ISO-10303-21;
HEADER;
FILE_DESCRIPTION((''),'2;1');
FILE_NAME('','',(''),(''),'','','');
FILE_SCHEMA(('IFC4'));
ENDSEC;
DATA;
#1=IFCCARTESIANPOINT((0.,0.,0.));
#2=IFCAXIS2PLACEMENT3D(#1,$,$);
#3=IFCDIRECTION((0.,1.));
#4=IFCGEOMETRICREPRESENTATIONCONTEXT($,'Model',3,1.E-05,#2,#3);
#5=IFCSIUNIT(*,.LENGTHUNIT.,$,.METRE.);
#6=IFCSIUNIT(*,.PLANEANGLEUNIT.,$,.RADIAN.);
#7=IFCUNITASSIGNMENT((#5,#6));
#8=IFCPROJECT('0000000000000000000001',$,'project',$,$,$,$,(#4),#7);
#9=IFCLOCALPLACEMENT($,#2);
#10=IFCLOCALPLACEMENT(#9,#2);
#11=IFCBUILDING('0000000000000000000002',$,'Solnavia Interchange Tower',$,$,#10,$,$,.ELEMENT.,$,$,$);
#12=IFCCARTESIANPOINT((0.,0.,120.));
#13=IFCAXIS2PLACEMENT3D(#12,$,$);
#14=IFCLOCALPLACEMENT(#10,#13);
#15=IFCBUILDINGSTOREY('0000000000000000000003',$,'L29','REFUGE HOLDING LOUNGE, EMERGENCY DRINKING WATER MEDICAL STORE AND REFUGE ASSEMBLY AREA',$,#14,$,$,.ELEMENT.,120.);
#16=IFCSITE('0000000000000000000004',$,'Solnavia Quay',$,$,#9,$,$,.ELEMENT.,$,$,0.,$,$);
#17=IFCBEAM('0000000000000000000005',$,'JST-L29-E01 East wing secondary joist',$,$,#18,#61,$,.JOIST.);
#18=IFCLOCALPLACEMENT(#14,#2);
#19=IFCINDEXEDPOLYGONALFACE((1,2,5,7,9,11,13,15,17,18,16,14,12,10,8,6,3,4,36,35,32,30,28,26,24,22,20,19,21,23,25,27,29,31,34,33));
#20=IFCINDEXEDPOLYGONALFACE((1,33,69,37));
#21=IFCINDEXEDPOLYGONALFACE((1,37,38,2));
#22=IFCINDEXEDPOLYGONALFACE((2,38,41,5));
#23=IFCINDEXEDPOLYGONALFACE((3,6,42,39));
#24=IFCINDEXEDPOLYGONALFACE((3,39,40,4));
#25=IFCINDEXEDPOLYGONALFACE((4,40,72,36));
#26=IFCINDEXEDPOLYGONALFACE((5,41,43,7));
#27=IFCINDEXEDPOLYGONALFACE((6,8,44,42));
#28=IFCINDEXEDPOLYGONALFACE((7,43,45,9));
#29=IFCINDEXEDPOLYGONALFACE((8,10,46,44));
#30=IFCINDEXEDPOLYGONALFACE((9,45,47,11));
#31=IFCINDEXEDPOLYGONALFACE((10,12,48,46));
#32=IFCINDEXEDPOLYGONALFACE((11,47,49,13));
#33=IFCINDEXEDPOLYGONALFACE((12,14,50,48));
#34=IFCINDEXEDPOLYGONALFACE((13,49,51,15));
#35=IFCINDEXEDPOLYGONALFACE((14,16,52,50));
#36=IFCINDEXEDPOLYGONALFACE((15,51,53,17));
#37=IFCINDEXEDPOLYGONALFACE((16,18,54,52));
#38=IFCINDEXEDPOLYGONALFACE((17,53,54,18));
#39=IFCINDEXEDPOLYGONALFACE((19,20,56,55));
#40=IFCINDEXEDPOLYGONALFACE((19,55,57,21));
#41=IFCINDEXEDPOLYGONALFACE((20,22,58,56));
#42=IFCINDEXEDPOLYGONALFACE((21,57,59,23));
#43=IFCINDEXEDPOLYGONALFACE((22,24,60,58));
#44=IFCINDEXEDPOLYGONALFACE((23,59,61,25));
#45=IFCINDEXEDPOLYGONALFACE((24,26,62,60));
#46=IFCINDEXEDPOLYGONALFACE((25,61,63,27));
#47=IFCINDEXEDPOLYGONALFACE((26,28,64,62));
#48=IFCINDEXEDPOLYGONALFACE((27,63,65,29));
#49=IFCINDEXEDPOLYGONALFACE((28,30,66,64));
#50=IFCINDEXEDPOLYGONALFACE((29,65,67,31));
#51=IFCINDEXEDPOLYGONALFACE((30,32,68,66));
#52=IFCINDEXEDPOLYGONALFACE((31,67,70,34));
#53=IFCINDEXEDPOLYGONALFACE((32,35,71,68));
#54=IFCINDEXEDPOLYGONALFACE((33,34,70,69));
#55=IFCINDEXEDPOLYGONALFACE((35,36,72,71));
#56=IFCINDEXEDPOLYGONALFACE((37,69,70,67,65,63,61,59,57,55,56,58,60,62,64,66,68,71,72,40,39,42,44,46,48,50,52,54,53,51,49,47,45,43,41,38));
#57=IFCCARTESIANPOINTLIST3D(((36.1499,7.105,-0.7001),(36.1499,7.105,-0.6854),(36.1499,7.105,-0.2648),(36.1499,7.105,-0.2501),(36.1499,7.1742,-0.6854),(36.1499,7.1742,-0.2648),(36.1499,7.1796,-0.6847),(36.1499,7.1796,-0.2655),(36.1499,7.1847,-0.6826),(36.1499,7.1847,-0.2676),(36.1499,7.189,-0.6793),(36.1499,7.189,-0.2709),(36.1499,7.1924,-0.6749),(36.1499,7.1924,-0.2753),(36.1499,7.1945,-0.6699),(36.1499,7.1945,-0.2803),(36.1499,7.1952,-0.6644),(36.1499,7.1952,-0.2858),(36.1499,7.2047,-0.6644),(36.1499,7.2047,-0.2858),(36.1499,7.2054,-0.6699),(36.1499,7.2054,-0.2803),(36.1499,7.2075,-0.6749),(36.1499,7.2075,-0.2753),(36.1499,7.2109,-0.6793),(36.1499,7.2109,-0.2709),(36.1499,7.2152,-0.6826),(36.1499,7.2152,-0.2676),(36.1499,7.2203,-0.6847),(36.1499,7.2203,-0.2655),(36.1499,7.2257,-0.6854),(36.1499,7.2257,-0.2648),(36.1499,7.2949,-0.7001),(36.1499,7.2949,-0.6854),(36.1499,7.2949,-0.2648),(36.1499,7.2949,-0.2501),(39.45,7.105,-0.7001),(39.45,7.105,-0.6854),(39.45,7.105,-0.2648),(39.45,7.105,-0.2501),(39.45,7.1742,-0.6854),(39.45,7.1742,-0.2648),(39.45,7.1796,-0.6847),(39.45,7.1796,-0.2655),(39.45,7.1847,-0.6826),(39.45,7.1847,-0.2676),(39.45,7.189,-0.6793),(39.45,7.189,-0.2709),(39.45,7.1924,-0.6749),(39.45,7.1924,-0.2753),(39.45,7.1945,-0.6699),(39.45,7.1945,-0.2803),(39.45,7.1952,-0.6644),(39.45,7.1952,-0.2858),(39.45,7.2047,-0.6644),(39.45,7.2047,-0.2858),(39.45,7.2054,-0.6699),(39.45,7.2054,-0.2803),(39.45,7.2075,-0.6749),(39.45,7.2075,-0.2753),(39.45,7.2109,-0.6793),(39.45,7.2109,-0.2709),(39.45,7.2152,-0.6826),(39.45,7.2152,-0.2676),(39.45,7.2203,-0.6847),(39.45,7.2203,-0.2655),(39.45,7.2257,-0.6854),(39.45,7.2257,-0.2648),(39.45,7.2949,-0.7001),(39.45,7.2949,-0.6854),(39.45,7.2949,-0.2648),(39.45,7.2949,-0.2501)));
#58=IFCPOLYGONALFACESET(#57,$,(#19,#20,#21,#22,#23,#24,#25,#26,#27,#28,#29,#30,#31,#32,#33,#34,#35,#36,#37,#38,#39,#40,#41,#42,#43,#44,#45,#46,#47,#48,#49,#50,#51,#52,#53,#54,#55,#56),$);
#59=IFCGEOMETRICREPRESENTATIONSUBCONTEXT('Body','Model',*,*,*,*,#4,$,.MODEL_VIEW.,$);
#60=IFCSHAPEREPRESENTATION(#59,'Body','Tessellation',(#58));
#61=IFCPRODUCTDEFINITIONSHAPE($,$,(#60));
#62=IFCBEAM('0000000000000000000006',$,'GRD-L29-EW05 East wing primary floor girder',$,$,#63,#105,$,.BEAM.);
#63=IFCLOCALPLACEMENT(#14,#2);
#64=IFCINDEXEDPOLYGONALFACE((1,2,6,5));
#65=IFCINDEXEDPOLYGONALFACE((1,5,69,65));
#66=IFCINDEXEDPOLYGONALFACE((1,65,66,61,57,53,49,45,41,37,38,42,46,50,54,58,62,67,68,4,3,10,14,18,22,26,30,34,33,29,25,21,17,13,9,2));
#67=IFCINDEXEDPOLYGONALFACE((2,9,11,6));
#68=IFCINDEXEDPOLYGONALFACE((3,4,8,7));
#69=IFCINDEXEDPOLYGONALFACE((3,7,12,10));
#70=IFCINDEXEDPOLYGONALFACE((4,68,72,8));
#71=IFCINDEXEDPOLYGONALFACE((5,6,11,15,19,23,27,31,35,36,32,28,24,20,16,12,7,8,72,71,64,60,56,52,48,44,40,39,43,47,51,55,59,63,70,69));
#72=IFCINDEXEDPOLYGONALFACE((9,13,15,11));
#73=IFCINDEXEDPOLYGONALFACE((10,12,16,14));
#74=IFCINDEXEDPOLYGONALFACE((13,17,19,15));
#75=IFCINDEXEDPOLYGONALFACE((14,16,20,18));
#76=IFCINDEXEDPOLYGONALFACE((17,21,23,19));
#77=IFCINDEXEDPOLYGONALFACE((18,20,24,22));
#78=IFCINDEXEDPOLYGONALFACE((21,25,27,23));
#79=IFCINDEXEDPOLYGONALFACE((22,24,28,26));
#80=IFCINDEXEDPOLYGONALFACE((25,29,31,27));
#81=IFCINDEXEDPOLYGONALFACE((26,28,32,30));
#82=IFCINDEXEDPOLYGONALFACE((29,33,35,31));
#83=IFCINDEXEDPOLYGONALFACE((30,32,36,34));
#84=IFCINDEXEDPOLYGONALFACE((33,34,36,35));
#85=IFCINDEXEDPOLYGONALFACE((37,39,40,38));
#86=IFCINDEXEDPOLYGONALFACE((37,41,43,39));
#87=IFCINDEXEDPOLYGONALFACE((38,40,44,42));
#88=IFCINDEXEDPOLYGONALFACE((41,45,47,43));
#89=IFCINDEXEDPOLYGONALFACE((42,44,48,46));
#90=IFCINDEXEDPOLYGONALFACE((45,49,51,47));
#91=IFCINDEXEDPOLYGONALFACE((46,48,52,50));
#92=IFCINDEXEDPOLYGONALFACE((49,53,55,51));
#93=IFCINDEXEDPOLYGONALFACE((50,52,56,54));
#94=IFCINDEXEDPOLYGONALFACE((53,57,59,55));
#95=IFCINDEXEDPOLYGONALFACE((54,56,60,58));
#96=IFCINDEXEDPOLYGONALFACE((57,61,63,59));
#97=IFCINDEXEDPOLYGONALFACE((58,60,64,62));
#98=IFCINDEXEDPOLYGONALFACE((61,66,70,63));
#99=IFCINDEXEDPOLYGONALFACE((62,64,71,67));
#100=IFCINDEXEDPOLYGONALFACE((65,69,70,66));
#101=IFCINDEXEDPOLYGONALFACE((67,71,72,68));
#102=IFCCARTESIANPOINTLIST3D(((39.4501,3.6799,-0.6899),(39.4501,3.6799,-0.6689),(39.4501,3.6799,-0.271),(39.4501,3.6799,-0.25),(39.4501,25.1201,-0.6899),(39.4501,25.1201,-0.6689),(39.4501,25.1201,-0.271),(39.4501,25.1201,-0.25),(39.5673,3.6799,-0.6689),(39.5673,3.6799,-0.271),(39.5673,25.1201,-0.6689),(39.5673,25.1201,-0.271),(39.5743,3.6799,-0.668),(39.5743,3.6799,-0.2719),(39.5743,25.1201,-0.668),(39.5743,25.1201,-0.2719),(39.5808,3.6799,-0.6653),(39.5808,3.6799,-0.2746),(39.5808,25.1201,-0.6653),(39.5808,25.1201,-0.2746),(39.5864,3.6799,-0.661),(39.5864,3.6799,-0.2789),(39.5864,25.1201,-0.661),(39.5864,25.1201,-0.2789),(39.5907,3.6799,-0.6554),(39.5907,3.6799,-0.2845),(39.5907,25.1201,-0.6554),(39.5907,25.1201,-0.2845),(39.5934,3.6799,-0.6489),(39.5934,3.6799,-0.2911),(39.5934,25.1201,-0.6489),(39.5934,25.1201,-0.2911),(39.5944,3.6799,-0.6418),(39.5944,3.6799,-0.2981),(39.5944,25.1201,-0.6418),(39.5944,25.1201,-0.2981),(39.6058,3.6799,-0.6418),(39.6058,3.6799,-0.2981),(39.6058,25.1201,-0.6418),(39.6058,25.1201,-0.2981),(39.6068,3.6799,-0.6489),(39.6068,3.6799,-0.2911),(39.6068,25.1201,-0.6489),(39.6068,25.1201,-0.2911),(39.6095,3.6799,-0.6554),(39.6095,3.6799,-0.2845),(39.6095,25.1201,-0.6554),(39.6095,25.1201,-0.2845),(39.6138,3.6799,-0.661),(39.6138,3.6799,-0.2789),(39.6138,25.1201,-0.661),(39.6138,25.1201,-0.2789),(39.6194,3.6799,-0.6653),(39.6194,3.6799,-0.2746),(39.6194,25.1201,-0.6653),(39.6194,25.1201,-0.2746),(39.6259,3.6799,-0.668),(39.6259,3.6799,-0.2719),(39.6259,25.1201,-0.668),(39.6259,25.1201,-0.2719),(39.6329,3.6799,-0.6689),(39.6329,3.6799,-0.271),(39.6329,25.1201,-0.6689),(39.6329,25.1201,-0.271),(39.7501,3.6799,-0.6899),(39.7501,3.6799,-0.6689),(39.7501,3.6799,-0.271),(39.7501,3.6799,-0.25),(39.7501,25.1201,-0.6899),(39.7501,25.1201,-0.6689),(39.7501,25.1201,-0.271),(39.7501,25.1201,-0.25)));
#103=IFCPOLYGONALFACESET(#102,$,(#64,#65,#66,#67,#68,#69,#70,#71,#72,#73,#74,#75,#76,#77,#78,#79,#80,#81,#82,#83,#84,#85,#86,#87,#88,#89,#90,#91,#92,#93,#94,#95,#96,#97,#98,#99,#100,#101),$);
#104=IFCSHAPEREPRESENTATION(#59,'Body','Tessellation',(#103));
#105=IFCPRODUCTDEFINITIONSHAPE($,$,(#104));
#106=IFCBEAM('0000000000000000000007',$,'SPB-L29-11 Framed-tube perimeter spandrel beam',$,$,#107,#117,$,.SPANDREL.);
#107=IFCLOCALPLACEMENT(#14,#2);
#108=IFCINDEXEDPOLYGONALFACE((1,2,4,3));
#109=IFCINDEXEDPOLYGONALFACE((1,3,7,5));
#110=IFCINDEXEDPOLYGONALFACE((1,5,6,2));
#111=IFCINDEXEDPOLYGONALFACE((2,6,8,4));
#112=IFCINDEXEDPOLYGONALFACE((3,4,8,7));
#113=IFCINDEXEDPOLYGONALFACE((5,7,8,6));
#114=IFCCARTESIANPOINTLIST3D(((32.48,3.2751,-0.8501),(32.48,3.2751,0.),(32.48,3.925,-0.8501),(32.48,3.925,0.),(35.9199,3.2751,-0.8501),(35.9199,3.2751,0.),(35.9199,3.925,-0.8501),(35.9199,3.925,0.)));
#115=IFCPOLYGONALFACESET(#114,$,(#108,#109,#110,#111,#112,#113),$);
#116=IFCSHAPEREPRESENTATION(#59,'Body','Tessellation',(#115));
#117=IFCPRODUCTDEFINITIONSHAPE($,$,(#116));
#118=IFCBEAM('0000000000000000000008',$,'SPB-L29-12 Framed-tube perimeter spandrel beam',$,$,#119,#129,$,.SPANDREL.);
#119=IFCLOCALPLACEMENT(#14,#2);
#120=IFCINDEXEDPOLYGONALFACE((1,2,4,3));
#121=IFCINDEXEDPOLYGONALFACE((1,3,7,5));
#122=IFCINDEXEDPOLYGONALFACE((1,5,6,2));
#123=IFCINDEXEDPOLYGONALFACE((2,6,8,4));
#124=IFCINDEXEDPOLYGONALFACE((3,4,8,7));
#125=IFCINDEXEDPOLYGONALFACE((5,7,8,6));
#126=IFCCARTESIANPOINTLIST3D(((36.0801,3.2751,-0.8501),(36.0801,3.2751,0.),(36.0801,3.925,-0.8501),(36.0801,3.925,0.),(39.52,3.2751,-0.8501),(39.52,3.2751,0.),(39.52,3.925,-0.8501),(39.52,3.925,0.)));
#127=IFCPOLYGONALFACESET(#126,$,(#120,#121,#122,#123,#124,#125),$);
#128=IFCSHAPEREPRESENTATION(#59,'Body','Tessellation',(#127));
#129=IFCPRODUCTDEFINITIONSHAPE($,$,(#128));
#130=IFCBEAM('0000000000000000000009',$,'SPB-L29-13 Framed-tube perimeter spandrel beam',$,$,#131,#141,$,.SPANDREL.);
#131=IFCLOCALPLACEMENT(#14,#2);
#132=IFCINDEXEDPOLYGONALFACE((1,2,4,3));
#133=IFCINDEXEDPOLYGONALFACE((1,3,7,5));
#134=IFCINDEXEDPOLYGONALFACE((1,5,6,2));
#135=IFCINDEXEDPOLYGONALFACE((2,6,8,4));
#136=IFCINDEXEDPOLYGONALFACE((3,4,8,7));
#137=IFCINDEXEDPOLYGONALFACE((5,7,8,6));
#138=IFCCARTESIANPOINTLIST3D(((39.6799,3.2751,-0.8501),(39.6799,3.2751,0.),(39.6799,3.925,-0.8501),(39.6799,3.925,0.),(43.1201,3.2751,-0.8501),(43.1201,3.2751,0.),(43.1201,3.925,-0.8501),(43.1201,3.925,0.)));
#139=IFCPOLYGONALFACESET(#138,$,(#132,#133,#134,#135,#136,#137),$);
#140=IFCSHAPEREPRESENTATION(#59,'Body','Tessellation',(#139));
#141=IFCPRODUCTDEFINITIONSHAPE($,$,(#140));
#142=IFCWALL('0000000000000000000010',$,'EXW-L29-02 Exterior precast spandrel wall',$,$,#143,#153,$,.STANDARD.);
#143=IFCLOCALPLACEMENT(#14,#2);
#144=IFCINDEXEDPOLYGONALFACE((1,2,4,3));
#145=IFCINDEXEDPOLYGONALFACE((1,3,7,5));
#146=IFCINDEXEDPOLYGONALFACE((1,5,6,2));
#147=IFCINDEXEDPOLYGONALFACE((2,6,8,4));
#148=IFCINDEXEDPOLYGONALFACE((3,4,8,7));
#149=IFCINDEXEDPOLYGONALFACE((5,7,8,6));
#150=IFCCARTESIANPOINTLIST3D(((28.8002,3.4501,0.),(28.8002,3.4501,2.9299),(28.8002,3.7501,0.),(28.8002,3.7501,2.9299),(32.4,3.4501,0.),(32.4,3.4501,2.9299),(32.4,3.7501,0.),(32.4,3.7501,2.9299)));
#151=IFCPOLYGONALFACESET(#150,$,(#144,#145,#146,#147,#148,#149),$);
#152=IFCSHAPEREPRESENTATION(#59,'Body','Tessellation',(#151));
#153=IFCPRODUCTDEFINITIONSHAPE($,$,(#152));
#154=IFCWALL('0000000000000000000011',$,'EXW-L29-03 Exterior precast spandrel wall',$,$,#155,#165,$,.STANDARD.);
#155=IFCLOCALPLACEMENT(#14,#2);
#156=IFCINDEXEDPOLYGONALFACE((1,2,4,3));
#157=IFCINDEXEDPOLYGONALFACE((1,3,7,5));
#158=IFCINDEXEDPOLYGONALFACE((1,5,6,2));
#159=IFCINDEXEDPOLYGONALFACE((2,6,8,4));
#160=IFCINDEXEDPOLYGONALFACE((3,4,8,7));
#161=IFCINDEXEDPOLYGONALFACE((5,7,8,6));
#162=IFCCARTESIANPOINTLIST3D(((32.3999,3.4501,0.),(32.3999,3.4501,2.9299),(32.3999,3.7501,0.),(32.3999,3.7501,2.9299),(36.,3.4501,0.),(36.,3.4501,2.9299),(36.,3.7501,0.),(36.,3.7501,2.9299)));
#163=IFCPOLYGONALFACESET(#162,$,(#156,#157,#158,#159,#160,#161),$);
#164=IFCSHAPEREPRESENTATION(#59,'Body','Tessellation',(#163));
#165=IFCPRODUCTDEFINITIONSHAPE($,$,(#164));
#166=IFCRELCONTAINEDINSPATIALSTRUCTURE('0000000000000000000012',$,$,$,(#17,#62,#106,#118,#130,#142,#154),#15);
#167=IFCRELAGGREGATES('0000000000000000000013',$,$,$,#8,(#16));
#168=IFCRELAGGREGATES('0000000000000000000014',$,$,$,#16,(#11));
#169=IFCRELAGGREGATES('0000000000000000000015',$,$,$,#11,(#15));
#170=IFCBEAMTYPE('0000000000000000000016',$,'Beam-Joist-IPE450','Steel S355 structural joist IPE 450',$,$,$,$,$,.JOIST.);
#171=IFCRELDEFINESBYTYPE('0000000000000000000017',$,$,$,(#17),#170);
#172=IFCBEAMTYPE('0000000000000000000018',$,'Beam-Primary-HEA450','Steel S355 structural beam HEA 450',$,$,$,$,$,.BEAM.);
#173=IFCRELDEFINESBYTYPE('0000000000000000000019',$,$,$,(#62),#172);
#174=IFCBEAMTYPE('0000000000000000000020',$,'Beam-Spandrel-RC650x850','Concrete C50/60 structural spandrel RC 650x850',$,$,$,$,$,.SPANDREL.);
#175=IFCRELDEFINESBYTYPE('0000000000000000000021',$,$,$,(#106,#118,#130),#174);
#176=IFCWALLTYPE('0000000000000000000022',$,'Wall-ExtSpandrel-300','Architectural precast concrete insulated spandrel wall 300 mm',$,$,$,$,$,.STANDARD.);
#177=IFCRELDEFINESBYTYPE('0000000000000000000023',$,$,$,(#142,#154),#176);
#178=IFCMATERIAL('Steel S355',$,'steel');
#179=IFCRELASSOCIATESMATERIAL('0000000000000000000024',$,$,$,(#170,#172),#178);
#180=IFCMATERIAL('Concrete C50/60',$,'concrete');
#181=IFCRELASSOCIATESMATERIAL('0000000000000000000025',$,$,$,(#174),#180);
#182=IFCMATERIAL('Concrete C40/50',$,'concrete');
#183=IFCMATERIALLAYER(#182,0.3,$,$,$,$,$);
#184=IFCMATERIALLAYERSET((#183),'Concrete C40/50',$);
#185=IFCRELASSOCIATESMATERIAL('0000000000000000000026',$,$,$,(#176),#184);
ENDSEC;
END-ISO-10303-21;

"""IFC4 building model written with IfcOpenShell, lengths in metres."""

from ifc_helpers import new_model, si_unit, direction, frame, frame_2d, origin, origin_2d, place, context, subcontext, project, spatial, rectangle, i_section, extrude, material, layer, layer_set, material_profile, profile_set, type_object, element, save


model = new_model("IFC4")

# Units and contexts
model_context = context("Model", 3, precision=1e-05, world=origin(), true_north=direction((0.0, 1.0)))
body_context = subcontext(model_context, "Body", "Model", "MODEL_VIEW")
ifc_project = project(units=[si_unit("LENGTHUNIT", "METRE"), si_unit("PLANEANGLEUNIT", "RADIAN")], contexts=[model_context])

# Site, building, storey
site_placement = place(None, origin())
site = spatial("IfcSite", under=ifc_project, at=site_placement, Name="Solnavia Quay", CompositionType="ELEMENT", RefElevation=0.0)
building_placement = place(site_placement, origin())
building = spatial("IfcBuilding", under=site, at=building_placement, Name="Solnavia Interchange Tower", CompositionType="ELEMENT")
storey_placement = place(building_placement, frame((0.0, 0.0, 120.0)))
storey = spatial("IfcBuildingStorey", under=building, at=storey_placement, Name="L29", Description="REFUGE HOLDING LOUNGE, EMERGENCY DRINKING WATER MEDICAL STORE AND REFUGE ASSEMBLY AREA", CompositionType="ELEMENT", Elevation=120.0)

# Shared definitions
ifc_material_1 = material(Name="Concrete C50/60", Category="concrete")
ifc_material_2 = material(Name="Steel S355", Category="steel")

# Beams
ifc_material_profile_1 = material_profile(ifc_material_2, i_section(OverallWidth=0.1899, OverallDepth=0.45, WebThickness=0.0095, FlangeThickness=0.0146, FilletRadius=0.021, at=origin_2d()), Name="IPE 450")
ifc_profile_set_1 = profile_set([ifc_material_profile_1], Name="Steel S355")
beam_type_1 = type_object("IfcBeamType", Name="Beam-Joist-IPE450", Description="Steel S355 structural joist IPE 450", PredefinedType="JOIST", material=ifc_profile_set_1)
beam_1_placement = place(storey_placement, frame((36.1499, 7.2, -0.4751), z_axis=(1.0, 0.0, 0.0), x_axis=(0.0, 1.0, 0.0)))
element("IfcBeam", 1, at=beam_1_placement, inside=storey, type_object=beam_type_1, Name="JST-L29-E01 East wing secondary joist", PredefinedType="JOIST", context=body_context, shape_type="SweptSolid", body=[
    extrude(i_section(OverallWidth=0.1899, OverallDepth=0.45, WebThickness=0.0095, FlangeThickness=0.0146, FilletRadius=0.021, at=origin_2d()), origin(), (0.0, 0.0, 1.0), 3.3),
])
ifc_material_profile_2 = material_profile(ifc_material_2, i_section(OverallWidth=0.3, OverallDepth=0.4399, WebThickness=0.0115, FlangeThickness=0.021, FilletRadius=0.0271, at=origin_2d()), Name="HEA 450")
ifc_profile_set_2 = profile_set([ifc_material_profile_2], Name="Steel S355")
beam_type_2 = type_object("IfcBeamType", Name="Beam-Primary-HEA450", Description="Steel S355 structural beam HEA 450", PredefinedType="BEAM", material=ifc_profile_set_2)
beam_2_placement = place(storey_placement, frame((39.6001, 3.6799, -0.47), z_axis=(0.0, 1.0, 0.0), x_axis=(-1.0, 0.0, 0.0)))
element("IfcBeam", 2, at=beam_2_placement, inside=storey, type_object=beam_type_2, Name="GRD-L29-EW05 East wing primary floor girder", PredefinedType="BEAM", context=body_context, shape_type="SweptSolid", body=[
    extrude(i_section(OverallWidth=0.3, OverallDepth=0.4399, WebThickness=0.0115, FlangeThickness=0.021, FilletRadius=0.0271, at=origin_2d()), origin(), (0.0, 0.0, 1.0), 21.4402),
])
ifc_material_profile_3 = material_profile(ifc_material_1, rectangle(XDim=0.6499, YDim=0.8501, at=origin_2d()), Name="RC 650x850")
ifc_profile_set_3 = profile_set([ifc_material_profile_3], Name="Concrete C50/60")
beam_type_3 = type_object("IfcBeamType", Name="Beam-Spandrel-RC650x850", Description="Concrete C50/60 structural spandrel RC 650x850", PredefinedType="SPANDREL", material=ifc_profile_set_3)
for number, where, z_axis, x_axis, name in (
    (3, (32.48, 3.6001, -0.425), (1.0, 0.0, 0.0), (0.0, 1.0, 0.0), "SPB-L29-11 Framed-tube perimeter spandrel beam"),
    (4, (36.0801, 3.6001, -0.425), (1.0, 0.0, 0.0), (0.0, 1.0, 0.0), "SPB-L29-12 Framed-tube perimeter spandrel beam"),
):
    element("IfcBeam", number, at=place(storey_placement, frame(where, z_axis=z_axis, x_axis=x_axis)), inside=storey, type_object=beam_type_3, Name=name, PredefinedType="SPANDREL", context=body_context, shape_type="SweptSolid", body=[
        extrude(rectangle(XDim=0.6499, YDim=0.8501, at=origin_2d()), origin(), (0.0, 0.0, 1.0), 3.4399),
    ])
beam_3_placement = place(storey_placement, frame((39.6799, 3.6001, -0.425), z_axis=(1.0, 0.0, 0.0), x_axis=(0.0, 1.0, 0.0)))
element("IfcBeam", 5, at=beam_3_placement, inside=storey, type_object=beam_type_3, Name="SPB-L29-13 Framed-tube perimeter spandrel beam", PredefinedType="SPANDREL", context=body_context, shape_type="SweptSolid", body=[
    extrude(rectangle(XDim=0.6499, YDim=0.8501, at=origin_2d()), origin(), (0.0, 0.0, 1.0), 3.4402),
])

# Walls
ifc_material_3 = material(Name="Concrete C40/50", Category="concrete")
ifc_layer_1 = layer(ifc_material_3, 0.3)
ifc_layer_set_1 = layer_set([ifc_layer_1], Name="Concrete C40/50")
wall_type_1 = type_object("IfcWallType", Name="Wall-ExtSpandrel-300", Description="Architectural precast concrete insulated spandrel wall 300 mm", PredefinedType="STANDARD", material=ifc_layer_set_1)
wall_1_placement = place(storey_placement, frame((32.3999, 3.6001, 0.0), z_axis=(0.0, 0.0, 1.0), x_axis=(-1.0, 0.0, 0.0)))
element("IfcWall", 6, at=wall_1_placement, inside=storey, type_object=wall_type_1, Name="EXW-L29-02 Exterior precast spandrel wall", PredefinedType="STANDARD", context=body_context, shape_type="SweptSolid", body=[
    extrude(rectangle(XDim=3.5999, YDim=0.3, at=frame_2d((1.7998, 0.0))), origin(), (0.0, 0.0, 1.0), 2.9299),
])
wall_2_placement = place(storey_placement, frame((36.0, 3.6001, 0.0), z_axis=(0.0, 0.0, 1.0), x_axis=(-1.0, 0.0, 0.0)))
element("IfcWall", 7, at=wall_2_placement, inside=storey, type_object=wall_type_1, Name="EXW-L29-03 Exterior precast spandrel wall", PredefinedType="STANDARD", context=body_context, shape_type="SweptSolid", body=[
    extrude(rectangle(XDim=3.6001, YDim=0.3, at=frame_2d((1.8, 0.0))), origin(), (0.0, 0.0, 1.0), 2.9299),
])

save(model, "model.ifc")
